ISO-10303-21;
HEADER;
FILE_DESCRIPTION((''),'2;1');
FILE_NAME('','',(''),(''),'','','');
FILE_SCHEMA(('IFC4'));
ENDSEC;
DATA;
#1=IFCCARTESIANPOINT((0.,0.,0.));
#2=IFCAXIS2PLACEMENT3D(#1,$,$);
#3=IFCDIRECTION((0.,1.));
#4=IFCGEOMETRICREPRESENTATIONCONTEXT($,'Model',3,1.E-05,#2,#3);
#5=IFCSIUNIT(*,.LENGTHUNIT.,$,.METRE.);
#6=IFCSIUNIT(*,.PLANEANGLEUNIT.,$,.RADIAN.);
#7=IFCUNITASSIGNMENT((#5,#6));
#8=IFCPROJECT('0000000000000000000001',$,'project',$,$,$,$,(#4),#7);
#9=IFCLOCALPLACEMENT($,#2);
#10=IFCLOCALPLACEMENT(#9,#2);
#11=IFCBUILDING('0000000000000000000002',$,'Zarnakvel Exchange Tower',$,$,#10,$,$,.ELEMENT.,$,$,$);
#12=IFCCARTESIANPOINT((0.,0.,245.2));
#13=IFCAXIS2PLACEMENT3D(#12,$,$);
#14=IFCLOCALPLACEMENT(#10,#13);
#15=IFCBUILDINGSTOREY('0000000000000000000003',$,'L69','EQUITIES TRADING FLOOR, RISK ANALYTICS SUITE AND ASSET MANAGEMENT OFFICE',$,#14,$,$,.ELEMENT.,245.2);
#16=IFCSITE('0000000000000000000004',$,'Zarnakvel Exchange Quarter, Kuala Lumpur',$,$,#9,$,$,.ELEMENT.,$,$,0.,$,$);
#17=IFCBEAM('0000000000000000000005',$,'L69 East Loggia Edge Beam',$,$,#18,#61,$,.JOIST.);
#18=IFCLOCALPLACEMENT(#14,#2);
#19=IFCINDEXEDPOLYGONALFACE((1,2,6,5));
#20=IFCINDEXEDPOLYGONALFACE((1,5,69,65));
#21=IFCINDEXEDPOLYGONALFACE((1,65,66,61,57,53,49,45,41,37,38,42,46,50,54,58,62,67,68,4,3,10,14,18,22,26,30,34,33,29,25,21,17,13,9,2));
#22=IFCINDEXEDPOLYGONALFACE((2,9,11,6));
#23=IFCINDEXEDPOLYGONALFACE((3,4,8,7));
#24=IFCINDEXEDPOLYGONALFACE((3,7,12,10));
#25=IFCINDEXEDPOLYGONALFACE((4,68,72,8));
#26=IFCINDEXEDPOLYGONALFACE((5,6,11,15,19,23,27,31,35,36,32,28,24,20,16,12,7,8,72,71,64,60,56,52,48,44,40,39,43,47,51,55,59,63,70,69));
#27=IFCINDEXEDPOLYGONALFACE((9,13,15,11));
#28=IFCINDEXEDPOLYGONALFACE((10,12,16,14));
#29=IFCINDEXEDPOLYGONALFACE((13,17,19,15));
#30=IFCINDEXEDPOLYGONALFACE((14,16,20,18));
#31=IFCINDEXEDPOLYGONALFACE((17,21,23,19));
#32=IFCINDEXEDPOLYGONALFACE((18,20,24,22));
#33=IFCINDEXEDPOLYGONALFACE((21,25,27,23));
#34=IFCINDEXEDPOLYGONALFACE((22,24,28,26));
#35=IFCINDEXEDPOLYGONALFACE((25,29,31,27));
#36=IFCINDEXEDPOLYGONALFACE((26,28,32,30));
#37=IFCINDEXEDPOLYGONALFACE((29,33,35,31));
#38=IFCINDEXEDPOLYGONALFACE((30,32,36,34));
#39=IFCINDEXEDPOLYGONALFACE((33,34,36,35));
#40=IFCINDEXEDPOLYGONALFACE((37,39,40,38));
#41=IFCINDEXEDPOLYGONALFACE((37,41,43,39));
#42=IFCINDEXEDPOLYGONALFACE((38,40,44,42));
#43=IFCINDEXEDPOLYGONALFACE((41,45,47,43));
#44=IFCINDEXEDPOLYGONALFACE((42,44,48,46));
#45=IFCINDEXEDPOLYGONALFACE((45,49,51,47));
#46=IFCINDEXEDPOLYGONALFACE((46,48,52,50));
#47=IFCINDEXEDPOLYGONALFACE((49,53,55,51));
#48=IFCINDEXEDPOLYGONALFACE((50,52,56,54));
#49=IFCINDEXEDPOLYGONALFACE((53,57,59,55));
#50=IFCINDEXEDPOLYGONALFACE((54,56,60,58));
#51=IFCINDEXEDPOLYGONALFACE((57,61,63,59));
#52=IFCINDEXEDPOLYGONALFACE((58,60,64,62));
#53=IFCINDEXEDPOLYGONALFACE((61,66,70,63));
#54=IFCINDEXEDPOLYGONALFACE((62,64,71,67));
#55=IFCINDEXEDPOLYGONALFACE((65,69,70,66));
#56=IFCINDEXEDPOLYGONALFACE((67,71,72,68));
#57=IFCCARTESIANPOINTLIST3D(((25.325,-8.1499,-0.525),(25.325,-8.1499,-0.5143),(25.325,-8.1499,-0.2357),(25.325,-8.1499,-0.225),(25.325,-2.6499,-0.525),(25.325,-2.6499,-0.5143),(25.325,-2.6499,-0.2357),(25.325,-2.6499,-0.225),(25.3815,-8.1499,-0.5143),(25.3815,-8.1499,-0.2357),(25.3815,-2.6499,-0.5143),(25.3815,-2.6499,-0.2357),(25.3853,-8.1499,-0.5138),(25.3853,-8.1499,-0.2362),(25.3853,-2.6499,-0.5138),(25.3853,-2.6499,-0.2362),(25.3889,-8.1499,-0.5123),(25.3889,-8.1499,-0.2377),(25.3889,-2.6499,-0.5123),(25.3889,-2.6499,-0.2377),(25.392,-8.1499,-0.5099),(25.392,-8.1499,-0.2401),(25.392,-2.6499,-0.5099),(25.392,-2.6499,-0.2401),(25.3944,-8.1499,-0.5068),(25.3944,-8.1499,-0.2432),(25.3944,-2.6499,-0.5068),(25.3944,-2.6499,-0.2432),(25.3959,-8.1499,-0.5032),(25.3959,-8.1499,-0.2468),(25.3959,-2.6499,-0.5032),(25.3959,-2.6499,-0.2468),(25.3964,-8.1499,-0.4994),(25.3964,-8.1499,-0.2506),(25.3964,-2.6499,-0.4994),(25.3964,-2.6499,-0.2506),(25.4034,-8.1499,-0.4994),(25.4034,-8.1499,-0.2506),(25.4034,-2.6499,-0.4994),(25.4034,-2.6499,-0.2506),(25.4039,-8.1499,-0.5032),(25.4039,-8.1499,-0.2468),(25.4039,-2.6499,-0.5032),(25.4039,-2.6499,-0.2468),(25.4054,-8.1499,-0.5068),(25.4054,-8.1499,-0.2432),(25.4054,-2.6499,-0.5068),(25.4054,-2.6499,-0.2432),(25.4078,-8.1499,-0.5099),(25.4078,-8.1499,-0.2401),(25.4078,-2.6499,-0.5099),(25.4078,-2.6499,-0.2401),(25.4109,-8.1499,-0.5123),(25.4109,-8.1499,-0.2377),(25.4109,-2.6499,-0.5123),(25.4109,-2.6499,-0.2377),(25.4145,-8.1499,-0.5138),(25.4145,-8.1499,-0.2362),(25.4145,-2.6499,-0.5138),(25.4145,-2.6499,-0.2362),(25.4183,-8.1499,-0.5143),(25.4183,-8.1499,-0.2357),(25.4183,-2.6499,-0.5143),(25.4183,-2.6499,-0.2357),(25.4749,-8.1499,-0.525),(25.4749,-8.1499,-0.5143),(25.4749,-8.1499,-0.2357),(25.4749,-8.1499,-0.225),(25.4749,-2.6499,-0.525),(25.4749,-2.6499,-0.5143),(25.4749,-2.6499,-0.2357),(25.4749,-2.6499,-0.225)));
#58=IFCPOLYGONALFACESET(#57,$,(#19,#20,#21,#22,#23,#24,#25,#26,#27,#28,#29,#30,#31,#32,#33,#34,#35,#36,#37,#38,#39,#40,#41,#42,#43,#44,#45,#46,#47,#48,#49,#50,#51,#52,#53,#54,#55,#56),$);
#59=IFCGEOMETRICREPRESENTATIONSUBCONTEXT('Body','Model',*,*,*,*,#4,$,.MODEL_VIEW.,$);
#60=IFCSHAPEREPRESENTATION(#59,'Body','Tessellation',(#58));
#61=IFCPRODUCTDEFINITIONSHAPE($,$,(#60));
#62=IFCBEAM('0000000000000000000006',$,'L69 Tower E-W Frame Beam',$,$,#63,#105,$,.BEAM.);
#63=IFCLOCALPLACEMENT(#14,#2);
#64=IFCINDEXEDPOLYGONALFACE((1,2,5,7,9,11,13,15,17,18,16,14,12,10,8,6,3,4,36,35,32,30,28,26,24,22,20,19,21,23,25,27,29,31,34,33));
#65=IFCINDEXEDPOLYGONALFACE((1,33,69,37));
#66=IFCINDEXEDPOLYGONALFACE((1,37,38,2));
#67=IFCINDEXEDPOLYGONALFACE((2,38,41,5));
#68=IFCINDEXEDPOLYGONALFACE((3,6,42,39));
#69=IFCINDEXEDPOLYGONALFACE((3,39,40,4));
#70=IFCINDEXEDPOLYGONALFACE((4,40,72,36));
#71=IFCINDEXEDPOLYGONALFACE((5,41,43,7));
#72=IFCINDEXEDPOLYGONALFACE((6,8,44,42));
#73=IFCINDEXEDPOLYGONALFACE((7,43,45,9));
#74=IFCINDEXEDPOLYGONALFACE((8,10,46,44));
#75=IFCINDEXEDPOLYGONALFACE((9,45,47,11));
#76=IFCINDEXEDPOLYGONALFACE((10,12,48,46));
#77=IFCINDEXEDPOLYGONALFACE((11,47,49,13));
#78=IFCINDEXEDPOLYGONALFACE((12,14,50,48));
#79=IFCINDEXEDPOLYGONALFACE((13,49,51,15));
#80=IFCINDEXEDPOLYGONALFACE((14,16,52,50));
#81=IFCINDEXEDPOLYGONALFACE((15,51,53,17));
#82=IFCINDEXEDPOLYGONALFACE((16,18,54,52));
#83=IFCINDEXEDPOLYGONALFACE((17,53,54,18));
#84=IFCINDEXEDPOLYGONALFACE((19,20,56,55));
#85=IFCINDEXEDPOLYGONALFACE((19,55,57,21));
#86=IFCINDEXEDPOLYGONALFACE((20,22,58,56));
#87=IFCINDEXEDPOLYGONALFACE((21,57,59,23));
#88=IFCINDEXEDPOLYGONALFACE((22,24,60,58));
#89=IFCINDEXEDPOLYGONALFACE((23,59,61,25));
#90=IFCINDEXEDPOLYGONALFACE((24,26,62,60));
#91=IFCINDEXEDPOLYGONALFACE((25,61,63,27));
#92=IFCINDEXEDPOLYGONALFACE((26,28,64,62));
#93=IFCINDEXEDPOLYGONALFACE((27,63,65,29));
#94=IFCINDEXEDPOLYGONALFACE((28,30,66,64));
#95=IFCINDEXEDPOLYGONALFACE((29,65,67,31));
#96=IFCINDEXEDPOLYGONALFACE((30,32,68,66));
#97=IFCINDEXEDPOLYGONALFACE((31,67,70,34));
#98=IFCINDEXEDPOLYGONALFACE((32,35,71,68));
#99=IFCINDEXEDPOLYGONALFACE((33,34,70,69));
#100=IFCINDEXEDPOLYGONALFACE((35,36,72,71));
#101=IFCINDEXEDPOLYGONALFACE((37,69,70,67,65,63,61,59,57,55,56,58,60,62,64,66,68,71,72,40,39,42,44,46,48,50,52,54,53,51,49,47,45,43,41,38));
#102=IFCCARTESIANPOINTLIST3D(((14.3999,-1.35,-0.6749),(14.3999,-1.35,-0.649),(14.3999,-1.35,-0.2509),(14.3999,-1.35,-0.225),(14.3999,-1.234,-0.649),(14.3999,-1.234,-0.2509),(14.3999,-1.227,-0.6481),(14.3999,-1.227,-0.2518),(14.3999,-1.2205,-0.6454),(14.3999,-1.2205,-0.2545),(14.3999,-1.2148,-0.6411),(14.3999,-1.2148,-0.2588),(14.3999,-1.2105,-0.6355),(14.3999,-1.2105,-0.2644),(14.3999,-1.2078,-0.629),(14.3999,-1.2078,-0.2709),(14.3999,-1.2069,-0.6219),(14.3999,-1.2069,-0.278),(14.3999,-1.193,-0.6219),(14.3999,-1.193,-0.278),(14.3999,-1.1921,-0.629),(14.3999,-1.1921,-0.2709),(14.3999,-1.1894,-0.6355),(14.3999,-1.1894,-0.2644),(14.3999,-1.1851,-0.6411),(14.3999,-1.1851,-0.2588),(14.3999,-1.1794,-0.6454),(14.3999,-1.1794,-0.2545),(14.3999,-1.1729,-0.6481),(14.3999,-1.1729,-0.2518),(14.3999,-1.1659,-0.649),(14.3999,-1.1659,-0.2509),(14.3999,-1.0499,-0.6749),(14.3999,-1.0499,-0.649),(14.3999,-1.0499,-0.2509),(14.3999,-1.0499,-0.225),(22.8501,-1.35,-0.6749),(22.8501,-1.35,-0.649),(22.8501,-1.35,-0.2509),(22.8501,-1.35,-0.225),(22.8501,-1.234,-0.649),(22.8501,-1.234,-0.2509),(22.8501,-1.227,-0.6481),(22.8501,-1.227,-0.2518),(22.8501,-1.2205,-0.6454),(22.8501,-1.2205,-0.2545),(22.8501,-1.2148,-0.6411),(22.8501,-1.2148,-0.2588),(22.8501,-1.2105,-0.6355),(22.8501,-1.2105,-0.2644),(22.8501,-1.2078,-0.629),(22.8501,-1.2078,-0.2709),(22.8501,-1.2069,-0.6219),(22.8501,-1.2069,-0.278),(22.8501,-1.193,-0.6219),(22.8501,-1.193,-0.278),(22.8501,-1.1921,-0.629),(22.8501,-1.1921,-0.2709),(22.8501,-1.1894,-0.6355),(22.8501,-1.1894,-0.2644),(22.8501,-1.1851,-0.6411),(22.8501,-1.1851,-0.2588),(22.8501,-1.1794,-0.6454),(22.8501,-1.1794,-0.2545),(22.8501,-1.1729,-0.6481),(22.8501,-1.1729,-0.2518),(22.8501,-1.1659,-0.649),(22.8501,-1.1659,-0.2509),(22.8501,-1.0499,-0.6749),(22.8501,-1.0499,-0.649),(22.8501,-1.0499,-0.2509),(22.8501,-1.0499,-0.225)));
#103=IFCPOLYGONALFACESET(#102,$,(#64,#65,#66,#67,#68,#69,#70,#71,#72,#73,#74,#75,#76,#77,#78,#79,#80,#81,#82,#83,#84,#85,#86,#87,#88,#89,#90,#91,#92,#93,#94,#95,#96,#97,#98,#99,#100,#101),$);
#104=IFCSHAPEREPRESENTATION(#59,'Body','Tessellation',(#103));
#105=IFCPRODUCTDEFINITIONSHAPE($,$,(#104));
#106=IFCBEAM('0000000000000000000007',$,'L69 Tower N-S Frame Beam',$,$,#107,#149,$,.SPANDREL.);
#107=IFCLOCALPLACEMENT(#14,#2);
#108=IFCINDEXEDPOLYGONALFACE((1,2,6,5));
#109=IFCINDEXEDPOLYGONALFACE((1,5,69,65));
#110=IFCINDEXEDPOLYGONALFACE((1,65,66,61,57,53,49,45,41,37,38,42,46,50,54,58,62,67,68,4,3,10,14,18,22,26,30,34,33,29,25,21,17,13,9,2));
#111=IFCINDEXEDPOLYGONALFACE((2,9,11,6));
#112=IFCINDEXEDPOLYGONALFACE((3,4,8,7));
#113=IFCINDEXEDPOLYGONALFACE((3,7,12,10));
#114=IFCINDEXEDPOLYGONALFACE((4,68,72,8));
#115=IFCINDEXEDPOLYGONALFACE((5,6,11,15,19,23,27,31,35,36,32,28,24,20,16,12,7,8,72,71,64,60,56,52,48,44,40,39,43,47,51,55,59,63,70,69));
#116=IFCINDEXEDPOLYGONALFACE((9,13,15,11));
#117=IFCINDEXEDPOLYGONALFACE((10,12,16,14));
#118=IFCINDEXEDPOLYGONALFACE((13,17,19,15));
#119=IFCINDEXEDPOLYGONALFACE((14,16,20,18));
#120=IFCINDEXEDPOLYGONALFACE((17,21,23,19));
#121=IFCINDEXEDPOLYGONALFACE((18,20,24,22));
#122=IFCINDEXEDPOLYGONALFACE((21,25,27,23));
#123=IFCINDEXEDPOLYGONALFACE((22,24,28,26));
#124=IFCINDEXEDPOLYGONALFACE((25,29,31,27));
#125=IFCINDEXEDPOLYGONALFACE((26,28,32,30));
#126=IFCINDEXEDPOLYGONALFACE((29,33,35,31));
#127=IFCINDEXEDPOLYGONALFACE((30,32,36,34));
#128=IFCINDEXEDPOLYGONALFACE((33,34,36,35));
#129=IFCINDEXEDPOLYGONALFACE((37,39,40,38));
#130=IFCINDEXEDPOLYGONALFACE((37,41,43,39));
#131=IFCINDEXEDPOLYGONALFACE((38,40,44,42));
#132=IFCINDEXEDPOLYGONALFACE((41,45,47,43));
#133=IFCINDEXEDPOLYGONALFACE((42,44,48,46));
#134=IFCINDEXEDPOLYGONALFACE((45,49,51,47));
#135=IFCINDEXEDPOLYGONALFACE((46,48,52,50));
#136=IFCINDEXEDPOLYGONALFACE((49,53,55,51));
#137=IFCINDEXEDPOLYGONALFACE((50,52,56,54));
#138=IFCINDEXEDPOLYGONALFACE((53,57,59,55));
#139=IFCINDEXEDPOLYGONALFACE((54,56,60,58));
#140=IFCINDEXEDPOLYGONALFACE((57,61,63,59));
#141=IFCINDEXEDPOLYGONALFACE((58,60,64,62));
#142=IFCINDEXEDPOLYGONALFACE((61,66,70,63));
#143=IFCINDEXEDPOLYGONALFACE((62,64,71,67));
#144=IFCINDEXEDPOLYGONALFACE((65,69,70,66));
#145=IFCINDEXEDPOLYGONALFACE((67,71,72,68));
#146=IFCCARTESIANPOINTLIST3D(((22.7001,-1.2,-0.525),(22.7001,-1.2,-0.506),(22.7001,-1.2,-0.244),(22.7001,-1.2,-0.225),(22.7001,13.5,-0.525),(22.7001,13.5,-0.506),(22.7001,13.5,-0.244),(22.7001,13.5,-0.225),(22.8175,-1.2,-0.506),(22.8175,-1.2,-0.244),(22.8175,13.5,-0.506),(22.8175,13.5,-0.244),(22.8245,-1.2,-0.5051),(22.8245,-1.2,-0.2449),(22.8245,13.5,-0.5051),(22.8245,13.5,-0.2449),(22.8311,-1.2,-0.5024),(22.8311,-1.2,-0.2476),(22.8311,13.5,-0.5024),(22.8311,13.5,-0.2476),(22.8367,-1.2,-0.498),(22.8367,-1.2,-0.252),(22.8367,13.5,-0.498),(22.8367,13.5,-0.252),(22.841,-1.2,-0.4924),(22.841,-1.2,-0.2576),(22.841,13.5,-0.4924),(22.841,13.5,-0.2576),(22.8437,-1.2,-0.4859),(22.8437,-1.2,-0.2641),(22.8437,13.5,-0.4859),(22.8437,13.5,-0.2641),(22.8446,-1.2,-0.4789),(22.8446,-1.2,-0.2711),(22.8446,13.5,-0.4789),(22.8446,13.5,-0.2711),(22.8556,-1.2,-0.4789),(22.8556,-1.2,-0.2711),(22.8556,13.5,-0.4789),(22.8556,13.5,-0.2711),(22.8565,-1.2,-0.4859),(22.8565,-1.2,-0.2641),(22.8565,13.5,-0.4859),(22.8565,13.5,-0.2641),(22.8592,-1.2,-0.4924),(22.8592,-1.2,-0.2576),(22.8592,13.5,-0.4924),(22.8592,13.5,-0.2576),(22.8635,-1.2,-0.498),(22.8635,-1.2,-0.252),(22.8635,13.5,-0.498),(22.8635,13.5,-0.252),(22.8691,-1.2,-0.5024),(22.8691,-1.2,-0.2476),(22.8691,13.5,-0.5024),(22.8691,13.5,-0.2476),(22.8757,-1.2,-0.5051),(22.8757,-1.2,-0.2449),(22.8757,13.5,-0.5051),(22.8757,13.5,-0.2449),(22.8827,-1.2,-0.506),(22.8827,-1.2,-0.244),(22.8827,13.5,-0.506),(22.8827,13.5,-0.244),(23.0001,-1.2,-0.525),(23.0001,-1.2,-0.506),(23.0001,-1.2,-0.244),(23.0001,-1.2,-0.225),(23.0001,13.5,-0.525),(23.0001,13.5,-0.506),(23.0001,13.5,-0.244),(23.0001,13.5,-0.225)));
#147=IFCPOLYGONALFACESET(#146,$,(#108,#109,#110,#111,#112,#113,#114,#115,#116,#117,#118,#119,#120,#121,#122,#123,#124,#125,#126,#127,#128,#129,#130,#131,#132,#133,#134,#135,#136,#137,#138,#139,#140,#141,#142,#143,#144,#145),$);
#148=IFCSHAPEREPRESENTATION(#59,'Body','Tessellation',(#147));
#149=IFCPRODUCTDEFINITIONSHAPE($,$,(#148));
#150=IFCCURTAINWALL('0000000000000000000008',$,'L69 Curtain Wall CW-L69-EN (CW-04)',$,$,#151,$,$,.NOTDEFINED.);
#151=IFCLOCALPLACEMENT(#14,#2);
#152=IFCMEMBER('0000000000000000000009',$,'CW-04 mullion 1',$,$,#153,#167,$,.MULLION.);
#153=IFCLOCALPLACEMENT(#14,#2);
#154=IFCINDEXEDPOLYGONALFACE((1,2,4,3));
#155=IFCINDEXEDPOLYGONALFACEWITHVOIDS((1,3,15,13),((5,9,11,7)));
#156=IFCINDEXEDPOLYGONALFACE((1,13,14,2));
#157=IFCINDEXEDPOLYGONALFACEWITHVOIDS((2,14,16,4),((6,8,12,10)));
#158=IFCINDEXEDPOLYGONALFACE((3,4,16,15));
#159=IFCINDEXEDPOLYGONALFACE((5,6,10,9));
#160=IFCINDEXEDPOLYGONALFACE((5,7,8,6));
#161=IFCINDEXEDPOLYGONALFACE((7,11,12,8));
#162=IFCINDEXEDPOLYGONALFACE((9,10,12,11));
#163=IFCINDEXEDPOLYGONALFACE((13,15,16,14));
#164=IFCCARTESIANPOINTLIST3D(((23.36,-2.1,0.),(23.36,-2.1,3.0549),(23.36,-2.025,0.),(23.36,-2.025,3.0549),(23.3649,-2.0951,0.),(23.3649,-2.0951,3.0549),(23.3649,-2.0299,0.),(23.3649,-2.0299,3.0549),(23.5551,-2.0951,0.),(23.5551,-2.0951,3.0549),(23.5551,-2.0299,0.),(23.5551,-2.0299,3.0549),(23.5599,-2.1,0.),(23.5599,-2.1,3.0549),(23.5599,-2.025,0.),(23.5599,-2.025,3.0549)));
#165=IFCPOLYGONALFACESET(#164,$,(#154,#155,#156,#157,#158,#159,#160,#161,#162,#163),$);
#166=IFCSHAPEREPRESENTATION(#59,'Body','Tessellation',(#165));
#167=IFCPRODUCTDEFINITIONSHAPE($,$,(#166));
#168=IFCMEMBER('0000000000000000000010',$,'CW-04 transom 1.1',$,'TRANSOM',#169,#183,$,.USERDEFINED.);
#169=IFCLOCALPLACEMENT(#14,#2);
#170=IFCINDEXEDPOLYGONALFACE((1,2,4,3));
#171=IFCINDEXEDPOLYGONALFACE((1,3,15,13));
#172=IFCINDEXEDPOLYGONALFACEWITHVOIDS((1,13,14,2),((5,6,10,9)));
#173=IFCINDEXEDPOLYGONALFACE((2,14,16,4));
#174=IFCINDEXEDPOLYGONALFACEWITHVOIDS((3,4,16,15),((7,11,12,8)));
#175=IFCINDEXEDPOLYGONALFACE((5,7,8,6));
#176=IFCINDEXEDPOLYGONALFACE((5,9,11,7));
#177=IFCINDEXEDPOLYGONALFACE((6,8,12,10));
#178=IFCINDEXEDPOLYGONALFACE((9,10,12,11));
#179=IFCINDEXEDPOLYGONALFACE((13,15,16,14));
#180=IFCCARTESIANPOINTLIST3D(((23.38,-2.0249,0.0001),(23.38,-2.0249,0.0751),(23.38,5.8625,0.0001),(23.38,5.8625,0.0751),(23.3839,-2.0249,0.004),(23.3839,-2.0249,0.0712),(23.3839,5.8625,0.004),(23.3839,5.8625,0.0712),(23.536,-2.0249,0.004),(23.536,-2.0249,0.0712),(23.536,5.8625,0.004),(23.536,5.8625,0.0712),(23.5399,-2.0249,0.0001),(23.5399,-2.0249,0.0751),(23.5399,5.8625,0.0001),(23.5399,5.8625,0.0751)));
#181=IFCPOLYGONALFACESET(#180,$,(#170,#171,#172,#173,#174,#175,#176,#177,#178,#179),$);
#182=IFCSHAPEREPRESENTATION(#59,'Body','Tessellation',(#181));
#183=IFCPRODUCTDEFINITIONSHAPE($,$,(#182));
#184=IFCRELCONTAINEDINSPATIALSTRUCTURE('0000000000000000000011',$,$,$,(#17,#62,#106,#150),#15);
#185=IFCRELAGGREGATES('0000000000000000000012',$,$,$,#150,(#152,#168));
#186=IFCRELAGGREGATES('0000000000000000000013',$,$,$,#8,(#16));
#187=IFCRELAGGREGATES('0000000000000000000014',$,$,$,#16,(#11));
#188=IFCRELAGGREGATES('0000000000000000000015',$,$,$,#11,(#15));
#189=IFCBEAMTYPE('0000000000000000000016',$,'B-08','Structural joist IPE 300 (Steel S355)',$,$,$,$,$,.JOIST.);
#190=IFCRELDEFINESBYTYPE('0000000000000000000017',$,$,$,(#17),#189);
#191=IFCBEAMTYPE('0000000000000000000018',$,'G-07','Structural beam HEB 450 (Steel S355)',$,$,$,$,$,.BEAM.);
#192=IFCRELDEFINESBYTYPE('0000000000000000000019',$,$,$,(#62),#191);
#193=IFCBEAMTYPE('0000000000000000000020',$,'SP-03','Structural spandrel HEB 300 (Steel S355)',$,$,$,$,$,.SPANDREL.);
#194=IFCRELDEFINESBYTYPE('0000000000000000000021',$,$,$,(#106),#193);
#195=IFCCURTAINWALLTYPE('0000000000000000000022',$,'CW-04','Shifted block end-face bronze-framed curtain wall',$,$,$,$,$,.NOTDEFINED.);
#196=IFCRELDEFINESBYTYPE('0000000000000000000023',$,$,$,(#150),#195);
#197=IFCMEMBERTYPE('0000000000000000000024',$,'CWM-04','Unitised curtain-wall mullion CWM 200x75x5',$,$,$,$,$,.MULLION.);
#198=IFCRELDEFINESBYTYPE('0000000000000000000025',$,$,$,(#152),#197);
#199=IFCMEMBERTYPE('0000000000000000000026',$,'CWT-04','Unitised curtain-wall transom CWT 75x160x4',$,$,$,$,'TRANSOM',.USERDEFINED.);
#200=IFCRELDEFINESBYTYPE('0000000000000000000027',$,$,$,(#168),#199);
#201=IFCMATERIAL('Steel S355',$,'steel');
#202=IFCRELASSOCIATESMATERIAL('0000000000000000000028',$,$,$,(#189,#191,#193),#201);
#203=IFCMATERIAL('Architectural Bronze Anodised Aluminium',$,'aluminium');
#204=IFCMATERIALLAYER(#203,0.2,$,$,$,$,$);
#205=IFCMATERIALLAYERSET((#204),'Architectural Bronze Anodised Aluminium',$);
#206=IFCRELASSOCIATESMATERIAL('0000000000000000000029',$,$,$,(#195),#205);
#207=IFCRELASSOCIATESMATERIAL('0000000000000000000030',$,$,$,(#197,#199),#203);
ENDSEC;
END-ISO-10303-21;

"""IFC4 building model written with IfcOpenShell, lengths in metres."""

from ifc_helpers import new_model, si_unit, direction, frame, origin, origin_2d, place, context, subcontext, project, spatial, hollow_rectangle, i_section, extrude, source, transform, mapped, material, layer, layer_set, material_profile, profile_set, type_object, element, aggregate, save


model = new_model("IFC4")

# Units and contexts
model_context = context("Model", 3, precision=1e-05, world=origin(), true_north=direction((0.0, 1.0)))
body_context = subcontext(model_context, "Body", "Model", "MODEL_VIEW")
ifc_project = project(units=[si_unit("LENGTHUNIT", "METRE"), si_unit("PLANEANGLEUNIT", "RADIAN")], contexts=[model_context])

# Site, building, storey
site_placement = place(None, origin())
site = spatial("IfcSite", under=ifc_project, at=site_placement, Name="Zarnakvel Exchange Quarter, Kuala Lumpur", CompositionType="ELEMENT", RefElevation=0.0)
building_placement = place(site_placement, origin())
building = spatial("IfcBuilding", under=site, at=building_placement, Name="Zarnakvel Exchange Tower", CompositionType="ELEMENT")
storey_placement = place(building_placement, frame((0.0, 0.0, 245.2)))
storey = spatial("IfcBuildingStorey", under=building, at=storey_placement, Name="L69", Description="EQUITIES TRADING FLOOR, RISK ANALYTICS SUITE AND ASSET MANAGEMENT OFFICE", CompositionType="ELEMENT", Elevation=245.2)

# Shared definitions
ifc_material_1 = material(Name="Steel S355", Category="steel")

# Beams
ifc_material_profile_1 = material_profile(ifc_material_1, i_section(OverallWidth=0.1499, OverallDepth=0.3, WebThickness=0.0071, FlangeThickness=0.0107, FilletRadius=0.0149, at=origin_2d()))
ifc_profile_set_1 = profile_set([ifc_material_profile_1], Name="Steel S355")
beam_type_1 = type_object("IfcBeamType", Name="B-08", Description="Structural joist IPE 300 (Steel S355)", PredefinedType="JOIST", material=ifc_profile_set_1)
beam_1_placement = place(storey_placement, frame((25.3999, -8.1499, -0.375), z_axis=(0.0, 1.0, 0.0), x_axis=(-1.0, 0.0, 0.0)))
element("IfcBeam", 1, at=beam_1_placement, inside=storey, type_object=beam_type_1, Name="L69 East Loggia Edge Beam", PredefinedType="JOIST", context=body_context, shape_type="SweptSolid", body=[
    extrude(i_section(OverallWidth=0.1499, OverallDepth=0.3, WebThickness=0.0071, FlangeThickness=0.0107, FilletRadius=0.0149, at=origin_2d()), origin(), (0.0, 0.0, 1.0), 5.5),
])
ifc_material_profile_2 = material_profile(ifc_material_1, i_section(OverallWidth=0.3, OverallDepth=0.45, WebThickness=0.0139, FlangeThickness=0.0259, FilletRadius=0.0271, at=origin_2d()))
ifc_profile_set_2 = profile_set([ifc_material_profile_2], Name="Steel S355")
beam_type_2 = type_object("IfcBeamType", Name="G-07", Description="Structural beam HEB 450 (Steel S355)", PredefinedType="BEAM", material=ifc_profile_set_2)
beam_2_placement = place(storey_placement, frame((14.3999, -1.2, -0.45), z_axis=(1.0, 0.0, 0.0), x_axis=(0.0, 1.0, 0.0)))
element("IfcBeam", 2, at=beam_2_placement, inside=storey, type_object=beam_type_2, Name="L69 Tower E-W Frame Beam", PredefinedType="BEAM", context=body_context, shape_type="SweptSolid", body=[
    extrude(i_section(OverallWidth=0.3, OverallDepth=0.45, WebThickness=0.0139, FlangeThickness=0.0259, FilletRadius=0.0271, at=origin_2d()), origin(), (0.0, 0.0, 1.0), 8.4502),
])
ifc_material_profile_3 = material_profile(ifc_material_1, i_section(OverallWidth=0.3, OverallDepth=0.3, WebThickness=0.011, FlangeThickness=0.019, FilletRadius=0.0271, at=origin_2d()))
ifc_profile_set_3 = profile_set([ifc_material_profile_3], Name="Steel S355")
beam_type_3 = type_object("IfcBeamType", Name="SP-03", Description="Structural spandrel HEB 300 (Steel S355)", PredefinedType="SPANDREL", material=ifc_profile_set_3)
beam_3_placement = place(storey_placement, frame((22.8501, -1.2, -0.375), z_axis=(0.0, 1.0, 0.0), x_axis=(-1.0, 0.0, 0.0)))
element("IfcBeam", 3, at=beam_3_placement, inside=storey, type_object=beam_type_3, Name="L69 Tower N-S Frame Beam", PredefinedType="SPANDREL", context=body_context, shape_type="SweptSolid", body=[
    extrude(i_section(OverallWidth=0.3, OverallDepth=0.3, WebThickness=0.011, FlangeThickness=0.019, FilletRadius=0.0271, at=origin_2d()), origin(), (0.0, 0.0, 1.0), 14.7),
])

# Curtain wall, members
ifc_material_2 = material(Name="Architectural Bronze Anodised Aluminium", Category="aluminium")
ifc_layer_1 = layer(ifc_material_2, 0.2)
ifc_layer_set_1 = layer_set([ifc_layer_1], Name="Architectural Bronze Anodised Aluminium")
curtain_wall_type = type_object("IfcCurtainWallType", Name="CW-04", Description="Shifted block end-face bronze-framed curtain wall", PredefinedType="NOTDEFINED", material=ifc_layer_set_1)
curtain_wall_placement = place(storey_placement, origin())
curtain_wall = element("IfcCurtainWall", 4, at=curtain_wall_placement, inside=storey, type_object=curtain_wall_type, Name="L69 Curtain Wall CW-L69-EN (CW-04)", PredefinedType="NOTDEFINED")
ifc_material_profile_4 = material_profile(ifc_material_2, hollow_rectangle(XDim=0.2, YDim=0.075, WallThickness=0.0049, at=origin_2d()))
ifc_profile_set_4 = profile_set([ifc_material_profile_4], Name="Architectural Bronze Anodised Aluminium")
member_type_1 = type_object("IfcMemberType", Name="CWM-04", Description="Unitised curtain-wall mullion CWM 200x75x5", PredefinedType="MULLION", material=ifc_profile_set_4)
shared_shape_1 = source(origin(), body_context, "Body", "SweptSolid", [
    extrude(hollow_rectangle(XDim=0.2, YDim=0.075, WallThickness=0.0049, at=origin_2d()), origin(), (0.0, 0.0, 1.0), 3.0549),
])
member_1_placement = place(storey_placement, frame((23.46, -2.0625, 0.0), z_axis=(0.0, 0.0, 1.0), x_axis=(-1.0, 0.0, 0.0)))
member_1 = element("IfcMember", 5, at=member_1_placement, type_object=member_type_1, Name="CW-04 mullion 1", PredefinedType="MULLION", context=body_context, shape_type="MappedRepresentation", body=[
    mapped(shared_shape_1, transform((0.0, 0.0, 0.0), x_axis=(1.0, 0.0, 0.0), y_axis=(0.0, 1.0, 0.0), z_axis=(0.0, 0.0, 1.0), scale=1.0)),
])
ifc_material_profile_5 = material_profile(ifc_material_2, hollow_rectangle(XDim=0.1599, YDim=0.075, WallThickness=0.0039, at=origin_2d()))
ifc_profile_set_5 = profile_set([ifc_material_profile_5], Name="Architectural Bronze Anodised Aluminium")
member_type_2 = type_object("IfcMemberType", Name="CWT-04", Description="Unitised curtain-wall transom CWT 75x160x4", ElementType="TRANSOM", PredefinedType="USERDEFINED", material=ifc_profile_set_5)
shared_shape_2 = source(origin(), body_context, "Body", "SweptSolid", [
    extrude(hollow_rectangle(XDim=0.1599, YDim=0.075, WallThickness=0.0039, at=origin_2d()), origin(), (0.0, 0.0, 1.0), 7.8875),
])
member_2_placement = place(storey_placement, frame((23.46, -2.0249, 0.0376), z_axis=(0.0, 1.0, 0.0), x_axis=(-1.0, 0.0, 0.0)))
member_2 = element("IfcMember", 6, at=member_2_placement, type_object=member_type_2, Name="CW-04 transom 1.1", ObjectType="TRANSOM", PredefinedType="USERDEFINED", context=body_context, shape_type="MappedRepresentation", body=[
    mapped(shared_shape_2, transform((0.0, 0.0, 0.0), x_axis=(1.0, 0.0, 0.0), y_axis=(0.0, 1.0, 0.0), z_axis=(0.0, 0.0, 1.0), scale=1.0)),
])
aggregate(curtain_wall, [member_1, member_2])

save(model, "model.ifc")
